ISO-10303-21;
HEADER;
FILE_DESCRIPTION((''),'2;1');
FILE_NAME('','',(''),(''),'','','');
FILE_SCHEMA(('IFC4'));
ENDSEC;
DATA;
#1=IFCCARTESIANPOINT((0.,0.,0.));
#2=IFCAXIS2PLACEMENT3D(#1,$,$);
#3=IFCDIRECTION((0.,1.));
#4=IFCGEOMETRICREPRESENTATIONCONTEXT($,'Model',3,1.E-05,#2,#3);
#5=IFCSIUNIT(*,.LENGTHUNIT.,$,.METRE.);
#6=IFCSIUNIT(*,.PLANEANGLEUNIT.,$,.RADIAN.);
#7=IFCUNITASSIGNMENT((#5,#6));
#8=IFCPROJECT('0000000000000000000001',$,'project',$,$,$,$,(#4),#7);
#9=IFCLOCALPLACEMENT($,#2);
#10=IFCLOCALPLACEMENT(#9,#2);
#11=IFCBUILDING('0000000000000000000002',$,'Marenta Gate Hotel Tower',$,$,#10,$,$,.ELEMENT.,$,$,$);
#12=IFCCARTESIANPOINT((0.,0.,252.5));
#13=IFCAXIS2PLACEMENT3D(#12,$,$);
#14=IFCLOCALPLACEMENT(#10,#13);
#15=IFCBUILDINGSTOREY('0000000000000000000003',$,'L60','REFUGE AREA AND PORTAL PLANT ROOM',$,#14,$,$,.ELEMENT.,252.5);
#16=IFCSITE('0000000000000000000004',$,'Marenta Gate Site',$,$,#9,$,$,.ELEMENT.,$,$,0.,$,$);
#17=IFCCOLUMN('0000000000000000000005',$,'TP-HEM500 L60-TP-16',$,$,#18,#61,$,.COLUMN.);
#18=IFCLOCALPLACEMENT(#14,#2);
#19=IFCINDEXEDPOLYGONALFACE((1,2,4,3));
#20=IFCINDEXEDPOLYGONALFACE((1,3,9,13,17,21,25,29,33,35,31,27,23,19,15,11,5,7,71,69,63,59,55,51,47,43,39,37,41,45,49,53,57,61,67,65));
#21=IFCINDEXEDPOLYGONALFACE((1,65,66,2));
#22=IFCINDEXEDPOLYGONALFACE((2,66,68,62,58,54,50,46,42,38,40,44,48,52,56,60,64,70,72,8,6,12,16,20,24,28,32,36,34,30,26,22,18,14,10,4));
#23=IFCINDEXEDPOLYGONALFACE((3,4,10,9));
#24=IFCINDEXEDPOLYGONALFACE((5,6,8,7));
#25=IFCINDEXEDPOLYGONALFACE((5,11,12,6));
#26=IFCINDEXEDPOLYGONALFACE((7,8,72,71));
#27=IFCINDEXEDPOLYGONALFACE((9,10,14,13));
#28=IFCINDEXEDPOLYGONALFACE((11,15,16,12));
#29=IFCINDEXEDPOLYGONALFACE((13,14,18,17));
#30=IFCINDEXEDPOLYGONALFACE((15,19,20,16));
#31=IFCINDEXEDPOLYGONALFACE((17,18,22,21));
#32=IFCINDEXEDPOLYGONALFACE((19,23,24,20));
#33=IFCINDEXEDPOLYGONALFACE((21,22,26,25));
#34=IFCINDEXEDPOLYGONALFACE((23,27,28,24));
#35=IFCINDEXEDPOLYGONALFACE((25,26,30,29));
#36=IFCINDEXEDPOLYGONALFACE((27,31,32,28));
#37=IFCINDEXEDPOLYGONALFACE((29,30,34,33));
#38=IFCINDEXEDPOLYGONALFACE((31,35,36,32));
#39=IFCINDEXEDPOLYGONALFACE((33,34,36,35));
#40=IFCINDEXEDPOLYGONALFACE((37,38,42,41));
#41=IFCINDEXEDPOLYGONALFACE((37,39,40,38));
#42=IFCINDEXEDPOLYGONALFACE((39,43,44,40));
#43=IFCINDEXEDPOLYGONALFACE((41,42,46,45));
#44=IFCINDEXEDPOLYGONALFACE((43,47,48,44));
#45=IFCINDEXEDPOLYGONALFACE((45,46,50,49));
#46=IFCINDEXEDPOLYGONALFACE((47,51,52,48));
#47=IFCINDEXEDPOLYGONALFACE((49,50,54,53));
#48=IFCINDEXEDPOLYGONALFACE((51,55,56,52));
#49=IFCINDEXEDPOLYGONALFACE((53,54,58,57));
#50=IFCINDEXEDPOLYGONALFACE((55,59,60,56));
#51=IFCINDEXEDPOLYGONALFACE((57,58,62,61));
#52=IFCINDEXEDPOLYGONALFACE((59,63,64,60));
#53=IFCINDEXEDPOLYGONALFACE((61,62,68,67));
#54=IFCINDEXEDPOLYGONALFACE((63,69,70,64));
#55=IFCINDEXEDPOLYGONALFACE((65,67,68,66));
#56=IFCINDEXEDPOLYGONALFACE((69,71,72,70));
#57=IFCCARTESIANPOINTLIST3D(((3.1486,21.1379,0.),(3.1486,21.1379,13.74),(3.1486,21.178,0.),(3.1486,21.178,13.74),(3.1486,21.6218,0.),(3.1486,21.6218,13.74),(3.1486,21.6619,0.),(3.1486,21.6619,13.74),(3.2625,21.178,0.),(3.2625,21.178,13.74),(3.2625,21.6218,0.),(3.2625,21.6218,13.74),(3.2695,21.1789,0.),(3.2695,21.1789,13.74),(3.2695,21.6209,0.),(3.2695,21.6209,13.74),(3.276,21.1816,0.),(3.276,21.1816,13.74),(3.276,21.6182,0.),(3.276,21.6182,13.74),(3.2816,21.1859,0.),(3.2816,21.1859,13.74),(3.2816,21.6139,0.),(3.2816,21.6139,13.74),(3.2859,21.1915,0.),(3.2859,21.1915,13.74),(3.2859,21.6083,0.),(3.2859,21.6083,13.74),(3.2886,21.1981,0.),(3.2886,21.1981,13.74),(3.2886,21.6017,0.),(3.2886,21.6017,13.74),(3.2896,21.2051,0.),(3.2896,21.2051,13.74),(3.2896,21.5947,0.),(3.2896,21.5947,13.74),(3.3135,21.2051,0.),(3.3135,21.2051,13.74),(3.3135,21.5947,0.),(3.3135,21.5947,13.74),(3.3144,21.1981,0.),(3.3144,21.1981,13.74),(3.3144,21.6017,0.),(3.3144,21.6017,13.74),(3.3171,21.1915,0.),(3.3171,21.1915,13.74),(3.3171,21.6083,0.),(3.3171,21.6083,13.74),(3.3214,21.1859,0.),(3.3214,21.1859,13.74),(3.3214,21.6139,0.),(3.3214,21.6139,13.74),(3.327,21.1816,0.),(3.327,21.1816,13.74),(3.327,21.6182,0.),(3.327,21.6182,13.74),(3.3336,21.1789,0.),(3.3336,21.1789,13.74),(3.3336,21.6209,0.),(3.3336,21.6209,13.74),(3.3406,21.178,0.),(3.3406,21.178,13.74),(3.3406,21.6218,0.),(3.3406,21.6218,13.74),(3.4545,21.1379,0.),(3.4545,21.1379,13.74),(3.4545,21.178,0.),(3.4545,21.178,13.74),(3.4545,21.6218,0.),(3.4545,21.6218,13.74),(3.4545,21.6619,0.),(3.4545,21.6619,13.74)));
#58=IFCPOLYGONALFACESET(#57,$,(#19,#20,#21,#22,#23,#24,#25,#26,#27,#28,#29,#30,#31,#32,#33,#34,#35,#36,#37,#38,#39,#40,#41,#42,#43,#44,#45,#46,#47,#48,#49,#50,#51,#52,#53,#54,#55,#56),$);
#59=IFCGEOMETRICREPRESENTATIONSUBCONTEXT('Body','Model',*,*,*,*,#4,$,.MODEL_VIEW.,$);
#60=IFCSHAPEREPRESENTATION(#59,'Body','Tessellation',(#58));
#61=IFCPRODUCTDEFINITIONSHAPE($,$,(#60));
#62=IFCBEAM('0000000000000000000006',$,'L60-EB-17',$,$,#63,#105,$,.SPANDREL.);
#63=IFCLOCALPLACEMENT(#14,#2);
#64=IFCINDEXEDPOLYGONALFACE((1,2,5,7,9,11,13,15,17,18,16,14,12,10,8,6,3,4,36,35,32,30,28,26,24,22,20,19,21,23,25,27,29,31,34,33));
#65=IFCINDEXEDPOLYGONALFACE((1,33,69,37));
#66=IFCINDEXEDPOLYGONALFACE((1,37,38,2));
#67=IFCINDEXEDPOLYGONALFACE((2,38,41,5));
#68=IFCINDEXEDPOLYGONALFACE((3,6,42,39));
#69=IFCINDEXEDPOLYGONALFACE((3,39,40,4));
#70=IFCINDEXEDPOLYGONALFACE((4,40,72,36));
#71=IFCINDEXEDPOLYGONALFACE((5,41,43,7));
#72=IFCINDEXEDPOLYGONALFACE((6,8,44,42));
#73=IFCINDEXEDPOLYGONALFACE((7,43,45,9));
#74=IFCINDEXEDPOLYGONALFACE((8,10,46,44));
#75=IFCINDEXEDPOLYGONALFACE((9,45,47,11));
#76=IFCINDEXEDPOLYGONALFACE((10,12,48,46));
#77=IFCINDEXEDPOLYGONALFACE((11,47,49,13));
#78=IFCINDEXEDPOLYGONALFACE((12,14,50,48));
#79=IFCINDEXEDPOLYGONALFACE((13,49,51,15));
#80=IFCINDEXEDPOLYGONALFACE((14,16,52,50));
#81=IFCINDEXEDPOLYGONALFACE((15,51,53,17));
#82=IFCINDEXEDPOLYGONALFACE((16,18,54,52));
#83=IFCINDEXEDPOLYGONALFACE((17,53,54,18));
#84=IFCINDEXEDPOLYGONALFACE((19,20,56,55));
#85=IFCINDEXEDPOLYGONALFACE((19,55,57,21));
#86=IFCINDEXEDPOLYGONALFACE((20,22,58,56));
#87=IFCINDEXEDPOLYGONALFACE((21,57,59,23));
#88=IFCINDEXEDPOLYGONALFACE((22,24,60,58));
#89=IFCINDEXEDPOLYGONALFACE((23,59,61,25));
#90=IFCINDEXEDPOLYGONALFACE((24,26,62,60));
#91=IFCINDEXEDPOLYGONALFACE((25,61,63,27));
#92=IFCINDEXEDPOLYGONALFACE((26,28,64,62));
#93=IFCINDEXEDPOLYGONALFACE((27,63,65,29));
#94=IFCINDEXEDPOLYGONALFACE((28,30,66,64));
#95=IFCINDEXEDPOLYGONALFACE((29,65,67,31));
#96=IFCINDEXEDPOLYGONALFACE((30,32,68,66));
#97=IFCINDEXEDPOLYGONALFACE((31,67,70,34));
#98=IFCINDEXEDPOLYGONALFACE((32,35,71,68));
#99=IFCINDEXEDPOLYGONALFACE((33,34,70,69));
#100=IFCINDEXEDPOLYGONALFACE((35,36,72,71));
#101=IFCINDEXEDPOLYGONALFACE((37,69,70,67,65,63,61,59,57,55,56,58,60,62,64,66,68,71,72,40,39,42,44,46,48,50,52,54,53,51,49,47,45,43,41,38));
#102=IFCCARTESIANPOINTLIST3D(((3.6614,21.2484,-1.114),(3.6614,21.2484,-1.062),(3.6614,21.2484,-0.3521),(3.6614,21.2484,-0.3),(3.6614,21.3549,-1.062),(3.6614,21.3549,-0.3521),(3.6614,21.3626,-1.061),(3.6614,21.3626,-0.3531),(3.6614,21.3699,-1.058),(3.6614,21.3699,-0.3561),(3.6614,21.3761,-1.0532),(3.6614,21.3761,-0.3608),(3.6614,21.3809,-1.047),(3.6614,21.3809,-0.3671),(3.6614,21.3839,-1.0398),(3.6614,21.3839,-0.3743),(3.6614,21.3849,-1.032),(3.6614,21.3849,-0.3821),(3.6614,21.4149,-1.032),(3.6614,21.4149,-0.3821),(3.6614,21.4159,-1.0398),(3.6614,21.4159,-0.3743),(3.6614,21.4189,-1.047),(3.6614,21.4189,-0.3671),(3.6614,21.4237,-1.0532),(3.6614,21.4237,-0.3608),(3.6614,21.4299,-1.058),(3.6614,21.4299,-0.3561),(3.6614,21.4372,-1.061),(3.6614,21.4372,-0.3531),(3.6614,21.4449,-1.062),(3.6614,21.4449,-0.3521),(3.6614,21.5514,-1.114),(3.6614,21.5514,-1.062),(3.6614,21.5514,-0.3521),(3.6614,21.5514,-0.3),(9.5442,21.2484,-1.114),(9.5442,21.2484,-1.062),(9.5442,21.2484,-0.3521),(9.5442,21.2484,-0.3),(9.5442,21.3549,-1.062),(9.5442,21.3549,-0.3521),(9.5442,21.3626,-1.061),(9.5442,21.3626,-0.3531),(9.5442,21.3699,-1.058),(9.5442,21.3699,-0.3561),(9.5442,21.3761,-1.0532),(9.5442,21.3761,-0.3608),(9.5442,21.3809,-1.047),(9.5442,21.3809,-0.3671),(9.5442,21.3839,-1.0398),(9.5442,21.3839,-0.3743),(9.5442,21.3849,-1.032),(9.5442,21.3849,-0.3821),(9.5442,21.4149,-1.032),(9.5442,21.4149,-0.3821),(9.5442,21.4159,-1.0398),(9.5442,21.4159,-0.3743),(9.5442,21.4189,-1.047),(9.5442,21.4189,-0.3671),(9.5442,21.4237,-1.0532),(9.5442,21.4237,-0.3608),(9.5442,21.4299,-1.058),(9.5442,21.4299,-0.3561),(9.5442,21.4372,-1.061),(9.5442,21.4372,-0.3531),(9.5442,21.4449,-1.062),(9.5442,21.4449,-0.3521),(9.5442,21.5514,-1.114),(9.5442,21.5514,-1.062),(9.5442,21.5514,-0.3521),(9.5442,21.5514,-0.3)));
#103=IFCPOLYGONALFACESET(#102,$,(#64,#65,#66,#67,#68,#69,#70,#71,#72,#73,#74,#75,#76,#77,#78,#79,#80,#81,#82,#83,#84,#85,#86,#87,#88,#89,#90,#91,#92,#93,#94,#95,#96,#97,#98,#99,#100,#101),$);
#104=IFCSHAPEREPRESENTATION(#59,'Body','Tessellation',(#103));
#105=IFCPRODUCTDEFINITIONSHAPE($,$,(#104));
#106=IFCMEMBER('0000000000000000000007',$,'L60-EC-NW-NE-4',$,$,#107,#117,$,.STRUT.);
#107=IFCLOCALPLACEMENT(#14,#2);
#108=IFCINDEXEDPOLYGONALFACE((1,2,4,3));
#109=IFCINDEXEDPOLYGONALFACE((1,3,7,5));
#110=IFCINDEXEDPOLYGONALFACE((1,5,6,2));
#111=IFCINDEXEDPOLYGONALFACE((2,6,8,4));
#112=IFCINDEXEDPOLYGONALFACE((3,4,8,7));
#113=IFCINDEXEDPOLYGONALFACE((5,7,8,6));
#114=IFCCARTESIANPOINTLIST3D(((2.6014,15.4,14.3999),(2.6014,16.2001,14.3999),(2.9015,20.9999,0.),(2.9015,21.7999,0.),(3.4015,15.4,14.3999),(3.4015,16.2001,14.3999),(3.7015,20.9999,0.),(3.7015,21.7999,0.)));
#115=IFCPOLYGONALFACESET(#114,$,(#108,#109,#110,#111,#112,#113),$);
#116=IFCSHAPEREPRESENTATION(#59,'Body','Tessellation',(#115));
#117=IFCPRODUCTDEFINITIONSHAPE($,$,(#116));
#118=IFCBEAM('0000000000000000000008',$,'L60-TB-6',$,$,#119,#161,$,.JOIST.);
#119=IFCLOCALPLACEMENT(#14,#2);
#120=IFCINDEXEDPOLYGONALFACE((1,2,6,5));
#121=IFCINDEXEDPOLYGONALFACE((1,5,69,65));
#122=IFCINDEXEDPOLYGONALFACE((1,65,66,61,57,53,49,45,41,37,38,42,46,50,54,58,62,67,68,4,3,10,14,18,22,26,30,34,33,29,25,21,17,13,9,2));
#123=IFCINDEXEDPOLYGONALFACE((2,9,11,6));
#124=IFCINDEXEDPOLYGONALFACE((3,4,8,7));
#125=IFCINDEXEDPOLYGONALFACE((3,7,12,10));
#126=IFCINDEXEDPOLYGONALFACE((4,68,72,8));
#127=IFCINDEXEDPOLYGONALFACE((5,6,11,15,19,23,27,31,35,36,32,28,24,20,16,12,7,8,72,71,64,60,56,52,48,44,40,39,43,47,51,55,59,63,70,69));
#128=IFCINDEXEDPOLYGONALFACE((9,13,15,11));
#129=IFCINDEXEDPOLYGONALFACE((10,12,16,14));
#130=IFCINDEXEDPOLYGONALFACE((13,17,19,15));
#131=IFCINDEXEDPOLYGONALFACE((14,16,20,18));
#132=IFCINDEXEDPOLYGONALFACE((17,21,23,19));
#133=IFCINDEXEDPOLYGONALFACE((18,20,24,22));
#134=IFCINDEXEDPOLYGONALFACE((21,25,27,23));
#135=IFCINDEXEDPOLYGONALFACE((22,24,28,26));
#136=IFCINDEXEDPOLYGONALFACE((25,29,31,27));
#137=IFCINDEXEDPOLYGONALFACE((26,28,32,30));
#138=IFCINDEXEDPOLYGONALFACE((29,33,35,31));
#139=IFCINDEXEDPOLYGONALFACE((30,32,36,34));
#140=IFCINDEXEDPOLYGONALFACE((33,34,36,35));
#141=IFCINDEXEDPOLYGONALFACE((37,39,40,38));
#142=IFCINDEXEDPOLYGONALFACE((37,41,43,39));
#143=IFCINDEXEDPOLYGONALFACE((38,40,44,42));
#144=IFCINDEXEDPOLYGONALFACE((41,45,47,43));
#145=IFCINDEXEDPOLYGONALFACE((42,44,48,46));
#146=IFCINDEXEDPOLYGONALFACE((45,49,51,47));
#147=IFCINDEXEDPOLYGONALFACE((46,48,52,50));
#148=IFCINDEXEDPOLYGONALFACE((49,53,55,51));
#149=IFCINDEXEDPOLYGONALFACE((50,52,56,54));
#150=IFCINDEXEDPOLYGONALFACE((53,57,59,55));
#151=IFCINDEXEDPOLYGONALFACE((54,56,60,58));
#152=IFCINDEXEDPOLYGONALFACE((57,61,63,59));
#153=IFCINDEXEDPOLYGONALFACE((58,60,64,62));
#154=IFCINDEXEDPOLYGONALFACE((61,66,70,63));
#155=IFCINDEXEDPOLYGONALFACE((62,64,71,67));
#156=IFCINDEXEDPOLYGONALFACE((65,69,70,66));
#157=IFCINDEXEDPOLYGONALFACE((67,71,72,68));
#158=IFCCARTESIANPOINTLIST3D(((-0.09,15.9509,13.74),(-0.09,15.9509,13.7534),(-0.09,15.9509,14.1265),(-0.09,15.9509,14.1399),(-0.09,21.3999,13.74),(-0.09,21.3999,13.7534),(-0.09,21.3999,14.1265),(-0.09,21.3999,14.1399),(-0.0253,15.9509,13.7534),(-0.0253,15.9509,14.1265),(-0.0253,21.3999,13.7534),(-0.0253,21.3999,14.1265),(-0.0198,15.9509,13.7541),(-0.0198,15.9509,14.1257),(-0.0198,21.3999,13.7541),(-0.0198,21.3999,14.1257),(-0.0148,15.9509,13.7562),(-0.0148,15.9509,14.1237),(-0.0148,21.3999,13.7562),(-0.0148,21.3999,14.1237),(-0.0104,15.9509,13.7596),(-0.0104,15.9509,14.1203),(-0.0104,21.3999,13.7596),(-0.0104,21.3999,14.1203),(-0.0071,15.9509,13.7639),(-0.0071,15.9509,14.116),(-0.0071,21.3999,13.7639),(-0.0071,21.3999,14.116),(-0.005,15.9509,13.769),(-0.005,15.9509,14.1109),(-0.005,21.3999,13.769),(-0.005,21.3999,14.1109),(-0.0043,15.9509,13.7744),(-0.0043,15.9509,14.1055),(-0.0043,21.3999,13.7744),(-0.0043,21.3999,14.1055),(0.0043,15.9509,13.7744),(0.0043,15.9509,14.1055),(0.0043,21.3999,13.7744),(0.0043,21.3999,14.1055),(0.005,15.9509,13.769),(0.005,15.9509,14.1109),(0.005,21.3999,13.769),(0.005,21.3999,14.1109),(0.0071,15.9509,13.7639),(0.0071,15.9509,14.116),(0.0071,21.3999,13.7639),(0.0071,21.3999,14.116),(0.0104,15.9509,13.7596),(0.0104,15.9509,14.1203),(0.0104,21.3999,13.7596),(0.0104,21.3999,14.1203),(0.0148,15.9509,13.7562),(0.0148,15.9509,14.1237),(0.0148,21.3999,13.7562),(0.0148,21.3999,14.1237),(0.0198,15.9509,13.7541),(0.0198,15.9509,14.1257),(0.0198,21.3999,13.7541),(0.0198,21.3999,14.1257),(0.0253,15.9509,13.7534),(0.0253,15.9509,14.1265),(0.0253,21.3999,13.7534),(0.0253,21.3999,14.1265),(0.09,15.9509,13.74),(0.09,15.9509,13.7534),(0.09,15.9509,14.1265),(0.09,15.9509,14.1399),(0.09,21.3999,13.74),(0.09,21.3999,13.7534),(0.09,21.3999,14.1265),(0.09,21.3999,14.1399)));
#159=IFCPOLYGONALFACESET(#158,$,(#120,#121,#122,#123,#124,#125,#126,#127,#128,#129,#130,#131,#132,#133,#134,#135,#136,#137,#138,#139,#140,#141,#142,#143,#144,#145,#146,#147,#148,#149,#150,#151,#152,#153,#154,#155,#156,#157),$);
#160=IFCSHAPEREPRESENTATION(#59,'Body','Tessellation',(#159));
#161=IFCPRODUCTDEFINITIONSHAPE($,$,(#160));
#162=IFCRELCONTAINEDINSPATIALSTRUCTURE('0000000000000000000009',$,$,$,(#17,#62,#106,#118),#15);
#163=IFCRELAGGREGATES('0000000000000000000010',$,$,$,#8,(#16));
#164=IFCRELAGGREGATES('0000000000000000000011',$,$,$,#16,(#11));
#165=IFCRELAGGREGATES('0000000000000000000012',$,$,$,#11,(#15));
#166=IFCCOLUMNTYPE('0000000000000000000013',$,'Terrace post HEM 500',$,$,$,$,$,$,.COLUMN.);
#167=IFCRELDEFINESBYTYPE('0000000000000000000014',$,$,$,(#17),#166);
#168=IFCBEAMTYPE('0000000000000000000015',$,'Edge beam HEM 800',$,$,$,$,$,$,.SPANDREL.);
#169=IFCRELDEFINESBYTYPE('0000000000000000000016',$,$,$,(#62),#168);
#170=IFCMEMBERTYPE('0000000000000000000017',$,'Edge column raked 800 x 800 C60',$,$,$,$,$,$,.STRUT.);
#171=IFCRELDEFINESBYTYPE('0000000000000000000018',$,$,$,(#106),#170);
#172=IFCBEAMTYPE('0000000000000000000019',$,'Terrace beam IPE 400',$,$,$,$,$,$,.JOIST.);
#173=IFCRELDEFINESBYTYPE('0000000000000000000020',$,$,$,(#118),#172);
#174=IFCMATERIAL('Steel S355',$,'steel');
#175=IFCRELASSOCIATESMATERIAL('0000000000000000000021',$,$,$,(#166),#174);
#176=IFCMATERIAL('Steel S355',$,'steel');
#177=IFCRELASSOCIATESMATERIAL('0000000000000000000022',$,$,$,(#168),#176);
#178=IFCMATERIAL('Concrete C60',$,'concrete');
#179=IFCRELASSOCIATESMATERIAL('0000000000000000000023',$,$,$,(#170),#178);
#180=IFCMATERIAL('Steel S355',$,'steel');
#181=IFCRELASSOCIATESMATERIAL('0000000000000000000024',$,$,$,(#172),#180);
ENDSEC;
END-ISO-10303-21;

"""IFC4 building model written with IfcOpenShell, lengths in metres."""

from ifc_helpers import new_model, si_unit, direction, frame, origin, origin_2d, place, context, subcontext, project, spatial, rectangle, i_section, extrude, material, material_profile, profile_set, type_object, element, save


model = new_model("IFC4")

# Units and contexts
model_context = context("Model", 3, precision=1e-05, world=origin(), true_north=direction((0.0, 1.0)))
body_context = subcontext(model_context, "Body", "Model", "MODEL_VIEW")
ifc_project = project(units=[si_unit("LENGTHUNIT", "METRE"), si_unit("PLANEANGLEUNIT", "RADIAN")], contexts=[model_context])

# Site, building, storey
site_placement = place(None, origin())
site = spatial("IfcSite", under=ifc_project, at=site_placement, Name="Marenta Gate Site", CompositionType="ELEMENT", RefElevation=0.0)
building_placement = place(site_placement, origin())
building = spatial("IfcBuilding", under=site, at=building_placement, Name="Marenta Gate Hotel Tower", CompositionType="ELEMENT")
storey_placement = place(building_placement, frame((0.0, 0.0, 252.5)))
storey = spatial("IfcBuildingStorey", under=building, at=storey_placement, Name="L60", Description="REFUGE AREA AND PORTAL PLANT ROOM", CompositionType="ELEMENT", Elevation=252.5)

# Column
ifc_material_1 = material(Name="Steel S355", Category="steel")
ifc_material_profile_1 = material_profile(ifc_material_1, i_section(OverallWidth=0.3059, OverallDepth=0.5239, WebThickness=0.0239, FlangeThickness=0.04, FilletRadius=0.0271, at=origin_2d()), Name="HEM 500")
ifc_profile_set_1 = profile_set([ifc_material_profile_1], Name="Steel S355")
column_type = type_object("IfcColumnType", Name="Terrace post HEM 500", PredefinedType="COLUMN", material=ifc_profile_set_1)
column_placement = place(storey_placement, frame((3.3015, 21.3999, 0.0), z_axis=(0.0, 0.0, 1.0), x_axis=(1.0, 0.0, 0.0)))
element("IfcColumn", 1, at=column_placement, inside=storey, type_object=column_type, Name="TP-HEM500 L60-TP-16", PredefinedType="COLUMN", context=body_context, shape_type="SweptSolid", body=[
    extrude(i_section(OverallWidth=0.3059, OverallDepth=0.5239, WebThickness=0.0239, FlangeThickness=0.04, FilletRadius=0.0271, at=origin_2d()), origin(), (0.0, 0.0, 1.0), 13.74),
])

# Beam
ifc_material_2 = material(Name="Steel S355", Category="steel")
ifc_material_profile_2 = material_profile(ifc_material_2, i_section(OverallWidth=0.303, OverallDepth=0.814, WebThickness=0.03, FlangeThickness=0.052, FilletRadius=0.03, at=origin_2d()), Name="HEM 800")
ifc_profile_set_2 = profile_set([ifc_material_profile_2], Name="Steel S355")
beam_type_1 = type_object("IfcBeamType", Name="Edge beam HEM 800", PredefinedType="SPANDREL", material=ifc_profile_set_2)
beam_1_placement = place(storey_placement, frame((3.6614, 21.3999, -0.707), z_axis=(1.0, 0.0, 0.0), x_axis=(0.0, 1.0, 0.0)))
element("IfcBeam", 2, at=beam_1_placement, inside=storey, type_object=beam_type_1, Name="L60-EB-17", PredefinedType="SPANDREL", context=body_context, shape_type="SweptSolid", body=[
    extrude(i_section(OverallWidth=0.303, OverallDepth=0.814, WebThickness=0.03, FlangeThickness=0.052, FilletRadius=0.03, at=origin_2d()), origin(), (0.0, 0.0, 1.0), 5.8828),
])

# Member
ifc_material_3 = material(Name="Concrete C60", Category="concrete")
ifc_material_profile_3 = material_profile(ifc_material_3, rectangle(XDim=0.8, YDim=0.8, at=origin_2d()), Name="800 x 800")
ifc_profile_set_3 = profile_set([ifc_material_profile_3], Name="Concrete C60")
member_type = type_object("IfcMemberType", Name="Edge column raked 800 x 800 C60", PredefinedType="STRUT", material=ifc_profile_set_3)
member_placement = place(storey_placement, frame((3.3015, 21.3999, 0.0), z_axis=(0.0, 0.0, 1.0), x_axis=(1.0, 0.0, 0.0)))
element("IfcMember", 3, at=member_placement, inside=storey, type_object=member_type, Name="L60-EC-NW-NE-4", PredefinedType="STRUT", context=body_context, shape_type="SweptSolid", body=[
    extrude(rectangle(XDim=0.8, YDim=0.8, at=origin_2d()), origin(), (-0.019416, -0.362372, 0.931831), 15.4534),
])

# Beam
ifc_material_4 = material(Name="Steel S355", Category="steel")
ifc_material_profile_4 = material_profile(ifc_material_4, i_section(OverallWidth=0.1799, OverallDepth=0.3999, WebThickness=0.0085, FlangeThickness=0.0134, FilletRadius=0.021, at=origin_2d()), Name="IPE 400")
ifc_profile_set_4 = profile_set([ifc_material_profile_4], Name="Steel S355")
beam_type_2 = type_object("IfcBeamType", Name="Terrace beam IPE 400", PredefinedType="JOIST", material=ifc_profile_set_4)
for number, where, z_axis, x_axis, name in (
    (4, (0.0, 15.9509, 13.9399), (0.0, 1.0, 0.0), (-1.0, 0.0, 0.0), "L60-TB-6"),
):
    element("IfcBeam", number, at=place(storey_placement, frame(where, z_axis=z_axis, x_axis=x_axis)), inside=storey, type_object=beam_type_2, Name=name, PredefinedType="JOIST", context=body_context, shape_type="SweptSolid", body=[
        extrude(i_section(OverallWidth=0.1799, OverallDepth=0.3999, WebThickness=0.0085, FlangeThickness=0.0134, FilletRadius=0.021, at=origin_2d()), origin(), (0.0, 0.0, 1.0), 5.449),
    ])

save(model, "model.ifc")
